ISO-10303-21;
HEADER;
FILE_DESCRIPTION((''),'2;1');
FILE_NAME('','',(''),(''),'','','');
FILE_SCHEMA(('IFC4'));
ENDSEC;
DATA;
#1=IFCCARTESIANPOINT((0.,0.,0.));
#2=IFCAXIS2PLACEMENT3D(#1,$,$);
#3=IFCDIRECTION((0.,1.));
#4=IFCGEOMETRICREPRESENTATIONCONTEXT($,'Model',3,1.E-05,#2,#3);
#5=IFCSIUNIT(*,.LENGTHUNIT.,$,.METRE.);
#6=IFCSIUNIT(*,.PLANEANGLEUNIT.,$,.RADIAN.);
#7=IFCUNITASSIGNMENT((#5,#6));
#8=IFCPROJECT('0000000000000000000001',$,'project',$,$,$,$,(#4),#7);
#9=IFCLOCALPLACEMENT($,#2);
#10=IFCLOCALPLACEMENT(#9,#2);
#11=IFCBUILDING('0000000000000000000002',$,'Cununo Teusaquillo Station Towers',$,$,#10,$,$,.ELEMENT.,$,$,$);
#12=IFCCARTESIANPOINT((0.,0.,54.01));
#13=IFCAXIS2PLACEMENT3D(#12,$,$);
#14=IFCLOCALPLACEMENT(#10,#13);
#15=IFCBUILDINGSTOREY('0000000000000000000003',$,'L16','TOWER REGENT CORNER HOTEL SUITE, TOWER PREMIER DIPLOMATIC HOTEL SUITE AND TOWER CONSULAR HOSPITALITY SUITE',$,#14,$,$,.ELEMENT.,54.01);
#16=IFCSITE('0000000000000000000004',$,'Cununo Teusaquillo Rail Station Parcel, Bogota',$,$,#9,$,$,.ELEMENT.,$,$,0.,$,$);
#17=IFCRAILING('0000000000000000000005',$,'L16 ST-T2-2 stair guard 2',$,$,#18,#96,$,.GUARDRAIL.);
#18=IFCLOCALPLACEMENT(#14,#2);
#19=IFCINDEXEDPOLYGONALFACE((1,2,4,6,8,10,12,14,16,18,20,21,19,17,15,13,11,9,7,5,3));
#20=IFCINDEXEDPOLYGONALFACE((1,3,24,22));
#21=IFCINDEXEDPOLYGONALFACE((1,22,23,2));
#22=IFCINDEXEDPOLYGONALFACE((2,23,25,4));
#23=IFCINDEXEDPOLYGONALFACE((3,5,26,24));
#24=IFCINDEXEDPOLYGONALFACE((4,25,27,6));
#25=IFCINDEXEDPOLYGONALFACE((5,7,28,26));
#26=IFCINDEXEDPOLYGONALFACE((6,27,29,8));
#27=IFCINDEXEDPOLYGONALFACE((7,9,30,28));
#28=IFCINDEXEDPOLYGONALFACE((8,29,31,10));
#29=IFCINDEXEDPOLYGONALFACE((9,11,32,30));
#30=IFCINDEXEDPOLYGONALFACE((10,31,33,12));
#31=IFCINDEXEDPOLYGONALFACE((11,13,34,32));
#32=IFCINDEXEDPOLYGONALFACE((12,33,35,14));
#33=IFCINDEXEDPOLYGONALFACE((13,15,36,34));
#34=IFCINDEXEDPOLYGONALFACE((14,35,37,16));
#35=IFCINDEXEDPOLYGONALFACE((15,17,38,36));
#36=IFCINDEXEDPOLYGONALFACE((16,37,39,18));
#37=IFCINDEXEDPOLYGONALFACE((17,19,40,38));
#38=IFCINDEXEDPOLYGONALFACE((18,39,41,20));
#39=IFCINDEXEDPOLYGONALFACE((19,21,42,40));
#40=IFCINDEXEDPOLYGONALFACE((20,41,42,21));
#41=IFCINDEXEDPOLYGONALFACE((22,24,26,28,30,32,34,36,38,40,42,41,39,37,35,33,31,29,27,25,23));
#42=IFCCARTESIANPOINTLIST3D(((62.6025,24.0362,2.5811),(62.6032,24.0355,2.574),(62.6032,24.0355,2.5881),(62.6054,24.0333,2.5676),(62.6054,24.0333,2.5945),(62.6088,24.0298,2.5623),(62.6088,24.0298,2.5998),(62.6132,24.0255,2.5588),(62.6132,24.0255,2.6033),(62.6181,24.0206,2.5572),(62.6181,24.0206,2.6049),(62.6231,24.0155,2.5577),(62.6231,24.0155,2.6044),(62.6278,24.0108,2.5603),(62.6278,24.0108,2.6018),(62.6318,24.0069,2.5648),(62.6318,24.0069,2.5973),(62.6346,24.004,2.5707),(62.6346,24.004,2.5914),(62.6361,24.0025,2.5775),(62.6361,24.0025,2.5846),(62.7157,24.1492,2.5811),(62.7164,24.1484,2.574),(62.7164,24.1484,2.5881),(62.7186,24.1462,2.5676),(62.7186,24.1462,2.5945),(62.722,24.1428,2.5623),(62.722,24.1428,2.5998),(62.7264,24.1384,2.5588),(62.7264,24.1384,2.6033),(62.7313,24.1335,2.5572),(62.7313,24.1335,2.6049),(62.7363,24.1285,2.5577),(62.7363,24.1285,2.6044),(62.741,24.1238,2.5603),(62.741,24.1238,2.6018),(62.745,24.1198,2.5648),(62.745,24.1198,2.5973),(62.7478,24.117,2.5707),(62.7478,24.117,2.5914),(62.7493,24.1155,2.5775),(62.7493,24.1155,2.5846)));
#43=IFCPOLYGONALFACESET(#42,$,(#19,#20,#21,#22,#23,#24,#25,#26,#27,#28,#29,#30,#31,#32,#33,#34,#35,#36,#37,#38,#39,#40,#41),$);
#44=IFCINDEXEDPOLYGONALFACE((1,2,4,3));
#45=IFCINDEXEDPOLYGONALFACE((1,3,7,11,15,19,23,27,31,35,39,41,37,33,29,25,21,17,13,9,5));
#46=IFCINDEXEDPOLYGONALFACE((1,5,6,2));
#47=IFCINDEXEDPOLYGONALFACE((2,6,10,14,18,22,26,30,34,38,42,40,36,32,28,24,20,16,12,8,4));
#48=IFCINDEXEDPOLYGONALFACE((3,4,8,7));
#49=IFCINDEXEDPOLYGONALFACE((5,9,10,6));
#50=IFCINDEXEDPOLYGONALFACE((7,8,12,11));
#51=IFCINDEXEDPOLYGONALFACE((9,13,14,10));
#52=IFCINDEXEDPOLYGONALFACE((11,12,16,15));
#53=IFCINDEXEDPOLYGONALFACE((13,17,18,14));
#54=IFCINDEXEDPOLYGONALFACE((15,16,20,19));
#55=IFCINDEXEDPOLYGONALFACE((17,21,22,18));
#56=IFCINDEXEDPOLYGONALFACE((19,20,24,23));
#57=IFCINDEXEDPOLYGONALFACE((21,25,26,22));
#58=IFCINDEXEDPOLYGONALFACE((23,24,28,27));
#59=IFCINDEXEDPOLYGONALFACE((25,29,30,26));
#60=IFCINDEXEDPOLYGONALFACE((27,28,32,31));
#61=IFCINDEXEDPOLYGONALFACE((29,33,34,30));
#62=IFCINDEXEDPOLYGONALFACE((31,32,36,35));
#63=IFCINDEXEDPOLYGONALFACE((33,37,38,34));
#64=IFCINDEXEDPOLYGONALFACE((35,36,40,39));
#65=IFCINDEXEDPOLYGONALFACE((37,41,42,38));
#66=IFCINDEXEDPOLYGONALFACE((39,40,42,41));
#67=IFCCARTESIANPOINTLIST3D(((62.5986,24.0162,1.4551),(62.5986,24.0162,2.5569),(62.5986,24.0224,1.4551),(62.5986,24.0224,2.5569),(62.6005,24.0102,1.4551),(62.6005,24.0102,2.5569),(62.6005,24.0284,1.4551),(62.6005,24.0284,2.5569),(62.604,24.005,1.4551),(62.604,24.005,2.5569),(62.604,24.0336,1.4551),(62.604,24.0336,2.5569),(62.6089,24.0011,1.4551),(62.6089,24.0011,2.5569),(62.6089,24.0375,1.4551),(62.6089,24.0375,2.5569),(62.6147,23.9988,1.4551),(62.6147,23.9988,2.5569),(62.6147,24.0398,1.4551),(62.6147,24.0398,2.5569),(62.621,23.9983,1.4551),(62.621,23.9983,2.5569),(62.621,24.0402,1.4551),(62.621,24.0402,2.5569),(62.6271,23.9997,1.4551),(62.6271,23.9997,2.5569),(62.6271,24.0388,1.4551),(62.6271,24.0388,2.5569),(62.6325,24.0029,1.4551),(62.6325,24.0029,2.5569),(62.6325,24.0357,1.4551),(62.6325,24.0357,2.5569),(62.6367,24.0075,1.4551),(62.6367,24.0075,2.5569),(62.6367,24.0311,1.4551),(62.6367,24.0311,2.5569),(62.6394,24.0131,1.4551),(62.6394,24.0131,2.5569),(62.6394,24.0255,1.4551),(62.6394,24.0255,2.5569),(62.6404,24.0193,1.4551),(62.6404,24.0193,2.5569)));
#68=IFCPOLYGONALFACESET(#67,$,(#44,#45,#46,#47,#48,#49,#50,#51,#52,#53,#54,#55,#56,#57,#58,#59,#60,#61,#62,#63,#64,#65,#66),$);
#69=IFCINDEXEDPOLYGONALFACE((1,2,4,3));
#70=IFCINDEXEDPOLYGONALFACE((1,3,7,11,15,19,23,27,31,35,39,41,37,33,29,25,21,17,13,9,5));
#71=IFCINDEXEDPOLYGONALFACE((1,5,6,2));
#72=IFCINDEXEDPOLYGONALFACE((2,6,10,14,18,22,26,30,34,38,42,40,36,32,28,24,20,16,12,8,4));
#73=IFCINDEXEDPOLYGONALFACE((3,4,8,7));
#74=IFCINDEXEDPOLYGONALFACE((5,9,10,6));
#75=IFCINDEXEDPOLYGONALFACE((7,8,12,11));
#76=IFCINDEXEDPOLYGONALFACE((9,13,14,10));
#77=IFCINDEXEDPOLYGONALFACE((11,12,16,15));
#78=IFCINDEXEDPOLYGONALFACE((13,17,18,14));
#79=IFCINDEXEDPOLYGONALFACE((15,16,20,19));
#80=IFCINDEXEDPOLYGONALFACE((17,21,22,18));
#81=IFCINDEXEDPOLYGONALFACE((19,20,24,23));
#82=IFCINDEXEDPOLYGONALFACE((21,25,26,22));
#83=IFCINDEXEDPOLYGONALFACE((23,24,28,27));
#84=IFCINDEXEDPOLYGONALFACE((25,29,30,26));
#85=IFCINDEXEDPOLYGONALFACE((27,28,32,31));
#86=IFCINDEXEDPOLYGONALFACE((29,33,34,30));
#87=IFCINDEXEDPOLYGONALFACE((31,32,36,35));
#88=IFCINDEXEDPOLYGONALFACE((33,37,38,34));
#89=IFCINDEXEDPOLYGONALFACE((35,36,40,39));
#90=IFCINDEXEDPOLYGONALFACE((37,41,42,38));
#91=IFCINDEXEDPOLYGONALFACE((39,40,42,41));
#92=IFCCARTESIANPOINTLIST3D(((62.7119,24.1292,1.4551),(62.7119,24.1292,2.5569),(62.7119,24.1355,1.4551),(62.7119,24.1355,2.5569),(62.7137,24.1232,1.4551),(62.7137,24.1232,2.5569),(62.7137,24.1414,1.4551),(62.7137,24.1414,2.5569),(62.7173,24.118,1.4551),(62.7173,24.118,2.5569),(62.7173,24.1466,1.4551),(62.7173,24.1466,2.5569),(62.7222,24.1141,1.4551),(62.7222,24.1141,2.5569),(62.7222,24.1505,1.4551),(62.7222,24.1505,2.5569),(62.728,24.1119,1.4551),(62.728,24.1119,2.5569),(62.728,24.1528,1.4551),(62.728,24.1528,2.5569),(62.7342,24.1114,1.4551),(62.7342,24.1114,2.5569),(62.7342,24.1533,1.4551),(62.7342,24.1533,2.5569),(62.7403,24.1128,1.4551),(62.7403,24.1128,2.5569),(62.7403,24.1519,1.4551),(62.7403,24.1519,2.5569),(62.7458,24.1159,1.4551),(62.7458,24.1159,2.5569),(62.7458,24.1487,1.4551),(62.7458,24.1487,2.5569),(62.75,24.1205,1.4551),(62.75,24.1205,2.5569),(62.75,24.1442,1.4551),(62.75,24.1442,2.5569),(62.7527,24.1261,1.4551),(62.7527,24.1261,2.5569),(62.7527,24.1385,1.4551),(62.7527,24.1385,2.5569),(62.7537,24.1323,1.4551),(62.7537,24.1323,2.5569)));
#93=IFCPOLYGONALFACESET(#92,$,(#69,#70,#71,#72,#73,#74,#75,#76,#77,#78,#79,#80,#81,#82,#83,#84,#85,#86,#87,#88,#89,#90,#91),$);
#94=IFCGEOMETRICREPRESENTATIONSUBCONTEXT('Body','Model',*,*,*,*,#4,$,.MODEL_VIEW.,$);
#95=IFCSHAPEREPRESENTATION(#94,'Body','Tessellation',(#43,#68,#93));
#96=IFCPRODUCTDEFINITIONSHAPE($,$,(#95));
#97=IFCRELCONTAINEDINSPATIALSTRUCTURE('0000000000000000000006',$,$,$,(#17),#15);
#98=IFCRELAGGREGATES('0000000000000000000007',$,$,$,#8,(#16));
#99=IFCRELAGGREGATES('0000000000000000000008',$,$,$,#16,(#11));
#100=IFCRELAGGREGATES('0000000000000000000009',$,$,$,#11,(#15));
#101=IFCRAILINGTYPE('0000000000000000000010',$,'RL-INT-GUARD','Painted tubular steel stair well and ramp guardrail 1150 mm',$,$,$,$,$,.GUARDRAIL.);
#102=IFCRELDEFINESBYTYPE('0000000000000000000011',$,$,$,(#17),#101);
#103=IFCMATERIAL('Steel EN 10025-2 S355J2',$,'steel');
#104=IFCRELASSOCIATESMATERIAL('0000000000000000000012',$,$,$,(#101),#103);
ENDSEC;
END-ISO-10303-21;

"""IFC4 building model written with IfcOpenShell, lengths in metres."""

from ifc_helpers import new_model, si_unit, direction, frame, origin, origin_2d, place, context, subcontext, project, spatial, circle, extrude, material, type_object, element, save


model = new_model("IFC4")

# Units and contexts
model_context = context("Model", 3, precision=1e-05, world=origin(), true_north=direction((0.0, 1.0)))
body_context = subcontext(model_context, "Body", "Model", "MODEL_VIEW")
ifc_project = project(units=[si_unit("LENGTHUNIT", "METRE"), si_unit("PLANEANGLEUNIT", "RADIAN")], contexts=[model_context])

# Site, building, storey
site_placement = place(None, origin())
site = spatial("IfcSite", under=ifc_project, at=site_placement, Name="Cununo Teusaquillo Rail Station Parcel, Bogota", CompositionType="ELEMENT", RefElevation=0.0)
building_placement = place(site_placement, origin())
building = spatial("IfcBuilding", under=site, at=building_placement, Name="Cununo Teusaquillo Station Towers", CompositionType="ELEMENT")
storey_placement = place(building_placement, frame((0.0, 0.0, 54.01)))
storey = spatial("IfcBuildingStorey", under=building, at=storey_placement, Name="L16", Description="TOWER REGENT CORNER HOTEL SUITE, TOWER PREMIER DIPLOMATIC HOTEL SUITE AND TOWER CONSULAR HOSPITALITY SUITE", CompositionType="ELEMENT", Elevation=54.01)

# Railing
ifc_material_1 = material(Name="Steel EN 10025-2 S355J2", Category="steel")
railing_type_1 = type_object("IfcRailingType", Name="RL-INT-GUARD", Description="Painted tubular steel stair well and ramp guardrail 1150 mm", PredefinedType="GUARDRAIL", material=ifc_material_1)
railing_1_placement = place(storey_placement, frame((62.6194, 24.0193, 1.4551)))
element("IfcRailing", 1, at=railing_1_placement, inside=storey, type_object=railing_type_1, Name="L16 ST-T2-2 stair guard 2", PredefinedType="GUARDRAIL", context=body_context, shape_type="SweptSolid", body=[
    extrude(circle(Radius=0.0239, at=origin_2d()), frame((0.0, 0.0, 1.126), z_axis=(0.707869, 0.706344, 0.0), x_axis=(-0.706344, 0.707869, 0.0)), (0.0, 0.0, 1.0), 0.1599),
    extrude(circle(Radius=0.021, at=origin_2d()), origin(), (0.0, 0.0, 1.0), 1.1018),
    extrude(circle(Radius=0.021, at=origin_2d()), frame((0.1133, 0.113, 0.0)), (0.0, 0.0, 1.0), 1.1018),
])

save(model, "model.ifc")
